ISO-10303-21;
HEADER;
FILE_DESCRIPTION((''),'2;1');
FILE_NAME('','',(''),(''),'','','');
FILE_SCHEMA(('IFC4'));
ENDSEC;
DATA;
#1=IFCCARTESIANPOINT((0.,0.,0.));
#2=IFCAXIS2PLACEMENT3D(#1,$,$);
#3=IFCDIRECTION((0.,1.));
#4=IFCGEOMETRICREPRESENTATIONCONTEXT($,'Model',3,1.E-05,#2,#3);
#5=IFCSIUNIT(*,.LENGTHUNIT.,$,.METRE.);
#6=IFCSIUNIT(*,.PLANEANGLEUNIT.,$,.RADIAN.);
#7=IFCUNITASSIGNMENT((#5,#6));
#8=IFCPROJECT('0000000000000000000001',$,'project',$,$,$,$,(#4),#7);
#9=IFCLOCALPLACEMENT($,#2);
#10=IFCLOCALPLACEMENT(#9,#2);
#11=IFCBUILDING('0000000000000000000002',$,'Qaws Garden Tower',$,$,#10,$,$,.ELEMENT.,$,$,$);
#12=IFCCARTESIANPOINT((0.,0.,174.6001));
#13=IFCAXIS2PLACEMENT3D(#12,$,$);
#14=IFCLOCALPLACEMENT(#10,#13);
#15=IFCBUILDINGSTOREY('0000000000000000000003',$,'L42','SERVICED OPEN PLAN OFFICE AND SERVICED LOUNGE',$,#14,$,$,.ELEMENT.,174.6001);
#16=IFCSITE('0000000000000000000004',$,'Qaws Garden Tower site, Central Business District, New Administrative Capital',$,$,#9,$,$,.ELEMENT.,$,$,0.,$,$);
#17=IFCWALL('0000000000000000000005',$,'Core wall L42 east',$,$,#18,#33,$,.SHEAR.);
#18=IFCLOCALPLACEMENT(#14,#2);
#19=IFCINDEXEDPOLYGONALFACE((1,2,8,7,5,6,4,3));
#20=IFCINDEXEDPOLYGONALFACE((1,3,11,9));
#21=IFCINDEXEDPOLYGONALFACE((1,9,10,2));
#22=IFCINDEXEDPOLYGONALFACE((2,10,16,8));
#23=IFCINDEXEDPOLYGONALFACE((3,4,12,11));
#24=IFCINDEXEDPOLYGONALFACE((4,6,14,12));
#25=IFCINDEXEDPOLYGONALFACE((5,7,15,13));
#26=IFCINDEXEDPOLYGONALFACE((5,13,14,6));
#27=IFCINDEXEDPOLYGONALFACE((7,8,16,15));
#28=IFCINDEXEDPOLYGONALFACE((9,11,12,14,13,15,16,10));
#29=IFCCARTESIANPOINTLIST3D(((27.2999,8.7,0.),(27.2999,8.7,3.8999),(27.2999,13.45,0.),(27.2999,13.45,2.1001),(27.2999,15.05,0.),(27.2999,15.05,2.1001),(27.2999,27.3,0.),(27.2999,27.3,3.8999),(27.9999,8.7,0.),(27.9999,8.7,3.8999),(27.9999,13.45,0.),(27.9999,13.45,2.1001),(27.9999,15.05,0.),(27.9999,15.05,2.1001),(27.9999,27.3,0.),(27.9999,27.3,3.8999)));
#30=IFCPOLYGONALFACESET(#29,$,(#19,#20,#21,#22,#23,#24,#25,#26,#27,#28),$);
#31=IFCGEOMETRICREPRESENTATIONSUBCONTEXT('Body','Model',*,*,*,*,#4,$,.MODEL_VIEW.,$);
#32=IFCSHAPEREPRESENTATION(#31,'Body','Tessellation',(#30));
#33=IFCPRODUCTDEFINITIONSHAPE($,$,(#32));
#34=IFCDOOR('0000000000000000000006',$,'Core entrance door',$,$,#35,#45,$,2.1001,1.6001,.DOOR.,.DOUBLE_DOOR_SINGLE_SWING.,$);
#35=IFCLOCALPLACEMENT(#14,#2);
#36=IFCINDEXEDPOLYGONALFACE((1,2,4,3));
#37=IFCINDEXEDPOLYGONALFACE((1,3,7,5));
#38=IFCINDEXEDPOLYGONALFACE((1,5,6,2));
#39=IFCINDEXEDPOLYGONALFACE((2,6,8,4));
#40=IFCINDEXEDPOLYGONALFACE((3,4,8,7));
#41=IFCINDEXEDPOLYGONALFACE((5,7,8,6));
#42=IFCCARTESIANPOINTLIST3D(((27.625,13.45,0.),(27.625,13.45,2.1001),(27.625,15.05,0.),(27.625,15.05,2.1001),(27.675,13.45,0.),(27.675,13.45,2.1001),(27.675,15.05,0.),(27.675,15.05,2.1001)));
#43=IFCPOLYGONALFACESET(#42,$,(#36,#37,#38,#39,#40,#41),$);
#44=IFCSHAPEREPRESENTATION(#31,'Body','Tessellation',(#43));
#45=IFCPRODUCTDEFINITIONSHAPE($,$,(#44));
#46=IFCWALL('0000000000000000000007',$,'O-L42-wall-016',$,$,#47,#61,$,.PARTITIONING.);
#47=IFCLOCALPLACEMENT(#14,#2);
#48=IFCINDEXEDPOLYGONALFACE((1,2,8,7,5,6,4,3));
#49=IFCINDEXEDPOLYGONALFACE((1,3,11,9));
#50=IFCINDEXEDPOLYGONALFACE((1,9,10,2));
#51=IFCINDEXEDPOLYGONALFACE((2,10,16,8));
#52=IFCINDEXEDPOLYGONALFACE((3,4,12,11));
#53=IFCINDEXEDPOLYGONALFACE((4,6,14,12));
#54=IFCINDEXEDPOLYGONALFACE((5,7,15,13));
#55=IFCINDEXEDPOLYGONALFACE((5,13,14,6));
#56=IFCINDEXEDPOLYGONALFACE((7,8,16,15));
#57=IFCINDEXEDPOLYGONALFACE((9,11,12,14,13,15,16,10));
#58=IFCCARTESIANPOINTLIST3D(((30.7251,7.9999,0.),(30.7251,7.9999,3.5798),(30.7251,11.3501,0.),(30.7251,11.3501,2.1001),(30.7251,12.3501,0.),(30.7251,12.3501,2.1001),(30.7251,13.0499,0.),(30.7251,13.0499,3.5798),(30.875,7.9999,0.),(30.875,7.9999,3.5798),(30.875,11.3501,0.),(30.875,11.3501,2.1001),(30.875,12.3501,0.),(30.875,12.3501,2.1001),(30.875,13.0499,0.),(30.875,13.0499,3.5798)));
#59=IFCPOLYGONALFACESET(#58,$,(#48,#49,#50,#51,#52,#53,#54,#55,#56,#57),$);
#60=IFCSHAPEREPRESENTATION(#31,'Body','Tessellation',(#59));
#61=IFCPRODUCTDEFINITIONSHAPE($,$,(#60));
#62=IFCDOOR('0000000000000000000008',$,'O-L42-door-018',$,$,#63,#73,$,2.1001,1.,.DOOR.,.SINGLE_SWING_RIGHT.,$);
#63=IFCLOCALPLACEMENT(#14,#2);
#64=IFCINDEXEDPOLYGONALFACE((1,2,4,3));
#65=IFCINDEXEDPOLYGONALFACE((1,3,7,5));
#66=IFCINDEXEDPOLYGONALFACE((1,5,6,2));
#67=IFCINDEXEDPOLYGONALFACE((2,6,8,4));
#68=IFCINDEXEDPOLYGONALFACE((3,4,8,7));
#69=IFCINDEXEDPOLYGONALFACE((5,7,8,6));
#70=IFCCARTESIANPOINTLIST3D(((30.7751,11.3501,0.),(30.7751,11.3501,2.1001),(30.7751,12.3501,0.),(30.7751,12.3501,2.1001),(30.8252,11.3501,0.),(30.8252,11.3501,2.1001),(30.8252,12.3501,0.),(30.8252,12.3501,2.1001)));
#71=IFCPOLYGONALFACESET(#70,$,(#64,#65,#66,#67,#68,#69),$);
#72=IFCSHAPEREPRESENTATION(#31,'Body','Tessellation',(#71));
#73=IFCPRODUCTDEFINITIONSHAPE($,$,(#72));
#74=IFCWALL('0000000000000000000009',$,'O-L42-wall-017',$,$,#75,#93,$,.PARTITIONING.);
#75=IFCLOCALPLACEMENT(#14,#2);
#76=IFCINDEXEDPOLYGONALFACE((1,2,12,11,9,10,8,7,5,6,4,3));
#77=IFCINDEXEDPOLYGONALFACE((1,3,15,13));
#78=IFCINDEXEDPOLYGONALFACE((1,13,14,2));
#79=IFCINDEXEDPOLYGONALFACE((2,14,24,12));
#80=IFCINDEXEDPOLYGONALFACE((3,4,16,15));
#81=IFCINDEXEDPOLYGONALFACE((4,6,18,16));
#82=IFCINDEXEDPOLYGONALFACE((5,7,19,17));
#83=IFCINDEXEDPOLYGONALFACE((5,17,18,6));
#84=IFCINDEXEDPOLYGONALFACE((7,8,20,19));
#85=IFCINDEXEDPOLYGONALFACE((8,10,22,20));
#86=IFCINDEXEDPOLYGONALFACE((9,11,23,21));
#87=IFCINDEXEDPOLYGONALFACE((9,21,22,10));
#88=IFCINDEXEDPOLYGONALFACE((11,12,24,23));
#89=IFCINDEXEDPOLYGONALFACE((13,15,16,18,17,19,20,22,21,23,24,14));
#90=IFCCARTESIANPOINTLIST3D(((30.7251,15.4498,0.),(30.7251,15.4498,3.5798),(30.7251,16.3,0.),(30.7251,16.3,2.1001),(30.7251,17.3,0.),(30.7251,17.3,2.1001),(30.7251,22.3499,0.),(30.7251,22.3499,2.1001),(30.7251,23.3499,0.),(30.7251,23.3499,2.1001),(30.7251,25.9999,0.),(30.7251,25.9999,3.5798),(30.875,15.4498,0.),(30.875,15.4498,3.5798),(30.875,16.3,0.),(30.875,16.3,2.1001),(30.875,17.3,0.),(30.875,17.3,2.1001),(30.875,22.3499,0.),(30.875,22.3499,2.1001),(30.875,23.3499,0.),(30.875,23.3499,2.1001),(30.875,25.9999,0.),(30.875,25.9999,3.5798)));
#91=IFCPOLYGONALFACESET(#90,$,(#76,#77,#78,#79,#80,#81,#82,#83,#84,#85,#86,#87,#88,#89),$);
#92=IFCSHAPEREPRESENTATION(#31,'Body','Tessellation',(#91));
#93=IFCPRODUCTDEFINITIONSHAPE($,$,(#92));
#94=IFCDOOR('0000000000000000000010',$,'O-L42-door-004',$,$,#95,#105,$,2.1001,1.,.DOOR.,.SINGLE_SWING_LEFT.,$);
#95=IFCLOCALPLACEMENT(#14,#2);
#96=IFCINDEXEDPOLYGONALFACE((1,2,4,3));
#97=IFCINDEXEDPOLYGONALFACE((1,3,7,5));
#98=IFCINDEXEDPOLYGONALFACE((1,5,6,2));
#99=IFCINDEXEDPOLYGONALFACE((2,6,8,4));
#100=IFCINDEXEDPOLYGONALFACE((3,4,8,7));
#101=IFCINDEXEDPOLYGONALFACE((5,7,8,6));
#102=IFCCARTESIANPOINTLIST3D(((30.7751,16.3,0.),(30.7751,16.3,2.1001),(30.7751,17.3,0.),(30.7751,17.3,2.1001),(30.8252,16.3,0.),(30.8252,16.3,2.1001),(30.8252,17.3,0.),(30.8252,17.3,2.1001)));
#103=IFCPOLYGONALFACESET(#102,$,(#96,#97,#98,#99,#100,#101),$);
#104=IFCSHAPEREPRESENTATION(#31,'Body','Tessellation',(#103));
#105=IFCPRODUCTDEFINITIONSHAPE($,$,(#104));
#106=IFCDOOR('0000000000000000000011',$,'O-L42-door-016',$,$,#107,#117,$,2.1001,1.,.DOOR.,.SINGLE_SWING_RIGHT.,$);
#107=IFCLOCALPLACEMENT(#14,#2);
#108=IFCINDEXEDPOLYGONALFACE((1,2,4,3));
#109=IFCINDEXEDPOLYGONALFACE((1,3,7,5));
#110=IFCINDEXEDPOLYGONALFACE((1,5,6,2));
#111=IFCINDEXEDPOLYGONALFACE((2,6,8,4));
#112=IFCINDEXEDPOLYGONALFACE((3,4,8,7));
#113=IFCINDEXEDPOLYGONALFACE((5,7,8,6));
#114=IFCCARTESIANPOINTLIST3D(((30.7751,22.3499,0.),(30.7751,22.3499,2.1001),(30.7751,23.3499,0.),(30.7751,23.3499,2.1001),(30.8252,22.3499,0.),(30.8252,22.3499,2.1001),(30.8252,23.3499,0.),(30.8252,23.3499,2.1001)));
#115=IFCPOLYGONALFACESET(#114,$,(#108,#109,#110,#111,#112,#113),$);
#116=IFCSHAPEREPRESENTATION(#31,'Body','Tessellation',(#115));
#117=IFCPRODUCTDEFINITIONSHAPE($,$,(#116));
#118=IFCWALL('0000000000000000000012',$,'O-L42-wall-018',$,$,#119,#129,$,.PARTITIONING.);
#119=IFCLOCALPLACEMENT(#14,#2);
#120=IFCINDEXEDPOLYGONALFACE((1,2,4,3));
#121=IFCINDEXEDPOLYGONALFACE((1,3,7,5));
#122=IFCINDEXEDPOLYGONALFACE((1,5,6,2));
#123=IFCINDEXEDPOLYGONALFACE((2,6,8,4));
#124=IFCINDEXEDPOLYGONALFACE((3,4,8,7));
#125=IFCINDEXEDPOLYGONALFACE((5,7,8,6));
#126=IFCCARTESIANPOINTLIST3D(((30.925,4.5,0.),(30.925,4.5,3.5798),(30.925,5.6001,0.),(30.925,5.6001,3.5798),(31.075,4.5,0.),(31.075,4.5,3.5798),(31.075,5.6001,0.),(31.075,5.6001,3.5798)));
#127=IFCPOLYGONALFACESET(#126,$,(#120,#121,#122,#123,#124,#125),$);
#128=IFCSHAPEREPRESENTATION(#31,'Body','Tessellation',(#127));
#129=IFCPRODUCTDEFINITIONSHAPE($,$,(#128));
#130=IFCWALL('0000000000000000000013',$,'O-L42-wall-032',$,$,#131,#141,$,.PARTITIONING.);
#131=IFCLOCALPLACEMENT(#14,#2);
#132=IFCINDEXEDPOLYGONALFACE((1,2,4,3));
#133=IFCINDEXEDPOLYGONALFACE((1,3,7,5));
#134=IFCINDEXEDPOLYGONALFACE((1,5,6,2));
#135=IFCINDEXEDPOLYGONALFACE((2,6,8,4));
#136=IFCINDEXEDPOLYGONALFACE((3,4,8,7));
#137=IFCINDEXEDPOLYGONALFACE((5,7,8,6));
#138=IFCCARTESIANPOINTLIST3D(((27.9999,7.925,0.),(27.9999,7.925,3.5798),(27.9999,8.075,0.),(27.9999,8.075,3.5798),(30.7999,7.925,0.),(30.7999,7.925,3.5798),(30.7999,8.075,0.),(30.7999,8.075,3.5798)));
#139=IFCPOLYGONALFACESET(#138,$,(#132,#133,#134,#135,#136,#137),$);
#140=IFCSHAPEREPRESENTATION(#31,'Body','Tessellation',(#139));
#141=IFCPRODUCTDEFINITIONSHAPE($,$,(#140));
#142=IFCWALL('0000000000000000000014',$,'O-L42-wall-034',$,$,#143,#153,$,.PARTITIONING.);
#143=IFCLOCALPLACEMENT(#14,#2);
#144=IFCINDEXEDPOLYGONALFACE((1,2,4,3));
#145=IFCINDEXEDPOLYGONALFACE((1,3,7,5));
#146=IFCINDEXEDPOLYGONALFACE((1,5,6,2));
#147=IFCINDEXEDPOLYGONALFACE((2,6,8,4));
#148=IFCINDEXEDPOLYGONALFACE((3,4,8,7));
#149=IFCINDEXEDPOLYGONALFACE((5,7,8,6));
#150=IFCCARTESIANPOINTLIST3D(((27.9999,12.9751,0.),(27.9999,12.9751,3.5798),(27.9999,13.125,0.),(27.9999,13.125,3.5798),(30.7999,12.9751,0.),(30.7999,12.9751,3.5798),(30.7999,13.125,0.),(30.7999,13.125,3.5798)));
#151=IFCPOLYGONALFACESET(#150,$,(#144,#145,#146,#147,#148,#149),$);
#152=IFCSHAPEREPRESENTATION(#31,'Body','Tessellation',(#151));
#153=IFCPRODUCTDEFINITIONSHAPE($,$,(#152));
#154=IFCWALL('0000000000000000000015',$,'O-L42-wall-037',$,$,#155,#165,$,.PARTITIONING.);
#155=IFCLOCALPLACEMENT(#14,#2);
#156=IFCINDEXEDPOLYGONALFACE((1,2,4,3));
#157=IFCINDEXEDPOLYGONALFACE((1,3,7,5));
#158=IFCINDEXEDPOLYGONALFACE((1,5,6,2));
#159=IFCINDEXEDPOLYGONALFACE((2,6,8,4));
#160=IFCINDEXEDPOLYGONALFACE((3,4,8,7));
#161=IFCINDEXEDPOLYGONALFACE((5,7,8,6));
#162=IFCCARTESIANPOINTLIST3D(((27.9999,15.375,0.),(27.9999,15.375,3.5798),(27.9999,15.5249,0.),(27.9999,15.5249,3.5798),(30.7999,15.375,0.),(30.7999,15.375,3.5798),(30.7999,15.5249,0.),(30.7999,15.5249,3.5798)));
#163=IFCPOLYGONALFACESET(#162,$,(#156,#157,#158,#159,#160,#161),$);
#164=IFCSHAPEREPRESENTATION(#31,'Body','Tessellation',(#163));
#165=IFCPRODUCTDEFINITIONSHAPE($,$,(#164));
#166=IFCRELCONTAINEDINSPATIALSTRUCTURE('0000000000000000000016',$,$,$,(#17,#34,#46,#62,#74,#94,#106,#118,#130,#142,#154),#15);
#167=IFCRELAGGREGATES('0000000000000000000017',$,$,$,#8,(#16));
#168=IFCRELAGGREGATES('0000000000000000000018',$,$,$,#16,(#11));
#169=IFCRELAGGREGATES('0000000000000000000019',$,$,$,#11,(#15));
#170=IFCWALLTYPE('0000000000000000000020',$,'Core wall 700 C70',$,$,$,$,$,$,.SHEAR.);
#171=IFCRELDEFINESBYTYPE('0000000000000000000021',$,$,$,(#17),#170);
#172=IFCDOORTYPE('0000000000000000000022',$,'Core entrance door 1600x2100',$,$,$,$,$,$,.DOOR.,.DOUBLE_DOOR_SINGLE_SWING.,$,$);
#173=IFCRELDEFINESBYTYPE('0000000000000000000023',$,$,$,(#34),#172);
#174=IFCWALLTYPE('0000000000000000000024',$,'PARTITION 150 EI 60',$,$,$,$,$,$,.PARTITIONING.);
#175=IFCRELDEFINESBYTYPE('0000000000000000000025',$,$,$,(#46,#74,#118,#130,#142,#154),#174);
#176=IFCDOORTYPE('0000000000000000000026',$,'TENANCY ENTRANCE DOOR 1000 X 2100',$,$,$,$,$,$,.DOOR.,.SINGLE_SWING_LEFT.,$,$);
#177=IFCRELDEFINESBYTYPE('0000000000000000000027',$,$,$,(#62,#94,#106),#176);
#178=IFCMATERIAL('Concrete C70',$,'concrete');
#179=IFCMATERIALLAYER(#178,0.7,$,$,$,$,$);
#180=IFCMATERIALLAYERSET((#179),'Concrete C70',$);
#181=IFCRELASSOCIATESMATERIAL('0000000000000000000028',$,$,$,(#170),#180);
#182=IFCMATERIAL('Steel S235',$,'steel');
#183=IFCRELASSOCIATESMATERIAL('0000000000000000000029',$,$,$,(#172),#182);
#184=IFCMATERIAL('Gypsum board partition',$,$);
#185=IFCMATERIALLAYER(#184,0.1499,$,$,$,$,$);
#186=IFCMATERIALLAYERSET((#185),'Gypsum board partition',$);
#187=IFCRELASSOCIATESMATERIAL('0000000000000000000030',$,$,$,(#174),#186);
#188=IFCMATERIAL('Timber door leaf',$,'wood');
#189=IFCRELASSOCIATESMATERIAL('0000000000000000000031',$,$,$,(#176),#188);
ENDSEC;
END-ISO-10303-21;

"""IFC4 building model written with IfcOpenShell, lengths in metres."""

from ifc_helpers import new_model, si_unit, direction, frame, frame_2d, origin, place, context, subcontext, project, spatial, rectangle, extrude, material, layer, layer_set, type_object, element, fill, save


model = new_model("IFC4")

# Units and contexts
model_context = context("Model", 3, precision=1e-05, world=origin(), true_north=direction((0.0, 1.0)))
body_context = subcontext(model_context, "Body", "Model", "MODEL_VIEW")
ifc_project = project(units=[si_unit("LENGTHUNIT", "METRE"), si_unit("PLANEANGLEUNIT", "RADIAN")], contexts=[model_context])

# Site, building, storey
site_placement = place(None, origin())
site = spatial("IfcSite", under=ifc_project, at=site_placement, Name="Qaws Garden Tower site, Central Business District, New Administrative Capital", CompositionType="ELEMENT", RefElevation=0.0)
building_placement = place(site_placement, origin())
building = spatial("IfcBuilding", under=site, at=building_placement, Name="Qaws Garden Tower", CompositionType="ELEMENT")
storey_placement = place(building_placement, frame((0.0, 0.0, 174.6001)))
storey = spatial("IfcBuildingStorey", under=building, at=storey_placement, Name="L42", Description="SERVICED OPEN PLAN OFFICE AND SERVICED LOUNGE", CompositionType="ELEMENT", Elevation=174.6001)

# Walls, openings, doors
ifc_material_1 = material(Name="Concrete C70", Category="concrete")
ifc_layer_1 = layer(ifc_material_1, 0.7)
ifc_layer_set_1 = layer_set([ifc_layer_1], Name="Concrete C70")
wall_type_1 = type_object("IfcWallType", Name="Core wall 700 C70", PredefinedType="SHEAR", material=ifc_layer_set_1)
wall_1_placement = place(storey_placement, frame((27.6499, 8.7, 0.0), z_axis=(0.0, 0.0, 1.0), x_axis=(0.0, 1.0, 0.0)))
wall_1 = element("IfcWall", 1, at=wall_1_placement, inside=storey, type_object=wall_type_1, Name="Core wall L42 east", PredefinedType="SHEAR", context=body_context, shape_type="SweptSolid", body=[
    extrude(rectangle(XDim=18.6001, YDim=0.7, at=frame_2d((9.3, 0.0))), origin(), (0.0, 0.0, 1.0), 3.8999),
])
opening_1_placement = place(wall_1_placement, frame((4.75, 0.0, 0.0)))
opening_1 = element("IfcOpeningElement", 2, at=opening_1_placement, cuts=wall_1, PredefinedType="OPENING", context=body_context, shape_type="SweptSolid", body=[
    extrude(rectangle(XDim=1.6001, YDim=2.1001, at=frame_2d((0.8, 1.05))), frame((0.0, 0.3599, 0.0), z_axis=(0.0, -1.0, 0.0), x_axis=(1.0, 0.0, 0.0)), (0.0, 0.0, 1.0), 0.72),
])
ifc_material_2 = material(Name="Steel S235", Category="steel")
door_type_1 = type_object("IfcDoorType", Name="Core entrance door 1600x2100", OperationType="DOUBLE_DOOR_SINGLE_SWING", PredefinedType="DOOR", material=ifc_material_2)
door_1_placement = place(opening_1_placement, origin())
door_1 = element("IfcDoor", 3, at=door_1_placement, inside=storey, type_object=door_type_1, Name="Core entrance door", OperationType="DOUBLE_DOOR_SINGLE_SWING", OverallHeight=2.1001, OverallWidth=1.6001, PredefinedType="DOOR", context=body_context, shape_type="SweptSolid", body=[
    extrude(rectangle(XDim=1.6001, YDim=2.1001, at=frame_2d((0.8, 1.05))), frame((0.0, 0.0249, 0.0), z_axis=(0.0, -1.0, 0.0), x_axis=(1.0, 0.0, 0.0)), (0.0, 0.0, 1.0), 0.05),
])
fill(opening_1, door_1)
ifc_material_3 = material(Name="Gypsum board partition")
ifc_layer_2 = layer(ifc_material_3, 0.1499)
ifc_layer_set_2 = layer_set([ifc_layer_2], Name="Gypsum board partition")
wall_type_2 = type_object("IfcWallType", Name="PARTITION 150 EI 60", PredefinedType="PARTITIONING", material=ifc_layer_set_2)
wall_2_placement = place(storey_placement, frame((30.8, 8.0, 0.0), z_axis=(0.0, 0.0, 1.0), x_axis=(0.0, 1.0, 0.0)))
wall_2 = element("IfcWall", 4, at=wall_2_placement, inside=storey, type_object=wall_type_2, Name="O-L42-wall-016", PredefinedType="PARTITIONING", context=body_context, shape_type="SweptSolid", body=[
    extrude(rectangle(XDim=5.05, YDim=0.1499, at=frame_2d((2.5249, 0.0))), origin(), (0.0, 0.0, 1.0), 3.5798),
])
opening_2_placement = place(wall_2_placement, frame((3.3501, 0.0, 0.0)))
opening_2 = element("IfcOpeningElement", 5, at=opening_2_placement, cuts=wall_2, PredefinedType="OPENING", context=body_context, shape_type="SweptSolid", body=[
    extrude(rectangle(XDim=1.0, YDim=2.1001, at=frame_2d((0.5, 1.05))), frame((0.0, 0.085, 0.0), z_axis=(0.0, -1.0, 0.0), x_axis=(1.0, 0.0, 0.0)), (0.0, 0.0, 1.0), 0.1699),
])
ifc_material_4 = material(Name="Timber door leaf", Category="wood")
door_type_2 = type_object("IfcDoorType", Name="TENANCY ENTRANCE DOOR 1000 X 2100", OperationType="SINGLE_SWING_LEFT", PredefinedType="DOOR", material=ifc_material_4)
door_2_placement = place(opening_2_placement, origin())
door_2 = element("IfcDoor", 6, at=door_2_placement, inside=storey, type_object=door_type_2, Name="O-L42-door-018", OperationType="SINGLE_SWING_RIGHT", OverallHeight=2.1001, OverallWidth=1.0, PredefinedType="DOOR", context=body_context, shape_type="SweptSolid", body=[
    extrude(rectangle(XDim=1.0, YDim=2.1001, at=frame_2d((0.5, 1.05))), frame((0.0, 0.0249, 0.0), z_axis=(0.0, -1.0, 0.0), x_axis=(1.0, 0.0, 0.0)), (0.0, 0.0, 1.0), 0.05),
])
fill(opening_2, door_2)

# Wall, openings, doors
wall_3_placement = place(storey_placement, frame((30.8, 15.45, 0.0), z_axis=(0.0, 0.0, 1.0), x_axis=(0.0, 1.0, 0.0)))
wall_3 = element("IfcWall", 7, at=wall_3_placement, inside=storey, type_object=wall_type_2, Name="O-L42-wall-017", PredefinedType="PARTITIONING", context=body_context, shape_type="SweptSolid", body=[
    extrude(rectangle(XDim=10.55, YDim=0.1499, at=frame_2d((5.2749, 0.0))), origin(), (0.0, 0.0, 1.0), 3.5798),
])
opening_3_placement = place(wall_3_placement, frame((0.8501, 0.0, 0.0)))
opening_3 = element("IfcOpeningElement", 8, at=opening_3_placement, cuts=wall_3, PredefinedType="OPENING", context=body_context, shape_type="SweptSolid", body=[
    extrude(rectangle(XDim=1.0, YDim=2.1001, at=frame_2d((0.5, 1.05))), frame((0.0, 0.085, 0.0), z_axis=(0.0, -1.0, 0.0), x_axis=(1.0, 0.0, 0.0)), (0.0, 0.0, 1.0), 0.1699),
])
opening_4_placement = place(wall_3_placement, frame((6.8999, 0.0, 0.0)))
opening_4 = element("IfcOpeningElement", 9, at=opening_4_placement, cuts=wall_3, PredefinedType="OPENING", context=body_context, shape_type="SweptSolid", body=[
    extrude(rectangle(XDim=1.0, YDim=2.1001, at=frame_2d((0.5, 1.05))), frame((0.0, 0.085, 0.0), z_axis=(0.0, -1.0, 0.0), x_axis=(1.0, 0.0, 0.0)), (0.0, 0.0, 1.0), 0.1699),
])
door_3_placement = place(opening_3_placement, origin())
door_3 = element("IfcDoor", 10, at=door_3_placement, inside=storey, type_object=door_type_2, Name="O-L42-door-004", OperationType="SINGLE_SWING_LEFT", OverallHeight=2.1001, OverallWidth=1.0, PredefinedType="DOOR", context=body_context, shape_type="SweptSolid", body=[
    extrude(rectangle(XDim=1.0, YDim=2.1001, at=frame_2d((0.5, 1.05))), frame((0.0, 0.0249, 0.0), z_axis=(0.0, -1.0, 0.0), x_axis=(1.0, 0.0, 0.0)), (0.0, 0.0, 1.0), 0.05),
])
fill(opening_3, door_3)
door_4_placement = place(opening_4_placement, origin())
door_4 = element("IfcDoor", 11, at=door_4_placement, inside=storey, type_object=door_type_2, Name="O-L42-door-016", OperationType="SINGLE_SWING_RIGHT", OverallHeight=2.1001, OverallWidth=1.0, PredefinedType="DOOR", context=body_context, shape_type="SweptSolid", body=[
    extrude(rectangle(XDim=1.0, YDim=2.1001, at=frame_2d((0.5, 1.05))), frame((0.0, 0.0249, 0.0), z_axis=(0.0, -1.0, 0.0), x_axis=(1.0, 0.0, 0.0)), (0.0, 0.0, 1.0), 0.05),
])
fill(opening_4, door_4)

# Walls
wall_4_placement = place(storey_placement, frame((31.0, 4.5, 0.0), z_axis=(0.0, 0.0, 1.0), x_axis=(0.0, 1.0, 0.0)))
element("IfcWall", 12, at=wall_4_placement, inside=storey, type_object=wall_type_2, Name="O-L42-wall-018", PredefinedType="PARTITIONING", context=body_context, shape_type="SweptSolid", body=[
    extrude(rectangle(XDim=1.1001, YDim=0.1499, at=frame_2d((0.55, 0.0))), origin(), (0.0, 0.0, 1.0), 3.5798),
])
for number, where, z_axis, x_axis, name in (
    (13, (28.0, 8.0, 0.0), (0.0, 0.0, 1.0), (1.0, 0.0, 0.0), "O-L42-wall-032"),
    (14, (28.0, 13.05, 0.0), (0.0, 0.0, 1.0), (1.0, 0.0, 0.0), "O-L42-wall-034"),
    (15, (28.0, 15.45, 0.0), (0.0, 0.0, 1.0), (1.0, 0.0, 0.0), "O-L42-wall-037"),
):
    element("IfcWall", number, at=place(storey_placement, frame(where, z_axis=z_axis, x_axis=x_axis)), inside=storey, type_object=wall_type_2, Name=name, PredefinedType="PARTITIONING", context=body_context, shape_type="SweptSolid", body=[
        extrude(rectangle(XDim=2.8, YDim=0.1499, at=frame_2d((1.3999, 0.0))), origin(), (0.0, 0.0, 1.0), 3.5798),
    ])

save(model, "model.ifc")
